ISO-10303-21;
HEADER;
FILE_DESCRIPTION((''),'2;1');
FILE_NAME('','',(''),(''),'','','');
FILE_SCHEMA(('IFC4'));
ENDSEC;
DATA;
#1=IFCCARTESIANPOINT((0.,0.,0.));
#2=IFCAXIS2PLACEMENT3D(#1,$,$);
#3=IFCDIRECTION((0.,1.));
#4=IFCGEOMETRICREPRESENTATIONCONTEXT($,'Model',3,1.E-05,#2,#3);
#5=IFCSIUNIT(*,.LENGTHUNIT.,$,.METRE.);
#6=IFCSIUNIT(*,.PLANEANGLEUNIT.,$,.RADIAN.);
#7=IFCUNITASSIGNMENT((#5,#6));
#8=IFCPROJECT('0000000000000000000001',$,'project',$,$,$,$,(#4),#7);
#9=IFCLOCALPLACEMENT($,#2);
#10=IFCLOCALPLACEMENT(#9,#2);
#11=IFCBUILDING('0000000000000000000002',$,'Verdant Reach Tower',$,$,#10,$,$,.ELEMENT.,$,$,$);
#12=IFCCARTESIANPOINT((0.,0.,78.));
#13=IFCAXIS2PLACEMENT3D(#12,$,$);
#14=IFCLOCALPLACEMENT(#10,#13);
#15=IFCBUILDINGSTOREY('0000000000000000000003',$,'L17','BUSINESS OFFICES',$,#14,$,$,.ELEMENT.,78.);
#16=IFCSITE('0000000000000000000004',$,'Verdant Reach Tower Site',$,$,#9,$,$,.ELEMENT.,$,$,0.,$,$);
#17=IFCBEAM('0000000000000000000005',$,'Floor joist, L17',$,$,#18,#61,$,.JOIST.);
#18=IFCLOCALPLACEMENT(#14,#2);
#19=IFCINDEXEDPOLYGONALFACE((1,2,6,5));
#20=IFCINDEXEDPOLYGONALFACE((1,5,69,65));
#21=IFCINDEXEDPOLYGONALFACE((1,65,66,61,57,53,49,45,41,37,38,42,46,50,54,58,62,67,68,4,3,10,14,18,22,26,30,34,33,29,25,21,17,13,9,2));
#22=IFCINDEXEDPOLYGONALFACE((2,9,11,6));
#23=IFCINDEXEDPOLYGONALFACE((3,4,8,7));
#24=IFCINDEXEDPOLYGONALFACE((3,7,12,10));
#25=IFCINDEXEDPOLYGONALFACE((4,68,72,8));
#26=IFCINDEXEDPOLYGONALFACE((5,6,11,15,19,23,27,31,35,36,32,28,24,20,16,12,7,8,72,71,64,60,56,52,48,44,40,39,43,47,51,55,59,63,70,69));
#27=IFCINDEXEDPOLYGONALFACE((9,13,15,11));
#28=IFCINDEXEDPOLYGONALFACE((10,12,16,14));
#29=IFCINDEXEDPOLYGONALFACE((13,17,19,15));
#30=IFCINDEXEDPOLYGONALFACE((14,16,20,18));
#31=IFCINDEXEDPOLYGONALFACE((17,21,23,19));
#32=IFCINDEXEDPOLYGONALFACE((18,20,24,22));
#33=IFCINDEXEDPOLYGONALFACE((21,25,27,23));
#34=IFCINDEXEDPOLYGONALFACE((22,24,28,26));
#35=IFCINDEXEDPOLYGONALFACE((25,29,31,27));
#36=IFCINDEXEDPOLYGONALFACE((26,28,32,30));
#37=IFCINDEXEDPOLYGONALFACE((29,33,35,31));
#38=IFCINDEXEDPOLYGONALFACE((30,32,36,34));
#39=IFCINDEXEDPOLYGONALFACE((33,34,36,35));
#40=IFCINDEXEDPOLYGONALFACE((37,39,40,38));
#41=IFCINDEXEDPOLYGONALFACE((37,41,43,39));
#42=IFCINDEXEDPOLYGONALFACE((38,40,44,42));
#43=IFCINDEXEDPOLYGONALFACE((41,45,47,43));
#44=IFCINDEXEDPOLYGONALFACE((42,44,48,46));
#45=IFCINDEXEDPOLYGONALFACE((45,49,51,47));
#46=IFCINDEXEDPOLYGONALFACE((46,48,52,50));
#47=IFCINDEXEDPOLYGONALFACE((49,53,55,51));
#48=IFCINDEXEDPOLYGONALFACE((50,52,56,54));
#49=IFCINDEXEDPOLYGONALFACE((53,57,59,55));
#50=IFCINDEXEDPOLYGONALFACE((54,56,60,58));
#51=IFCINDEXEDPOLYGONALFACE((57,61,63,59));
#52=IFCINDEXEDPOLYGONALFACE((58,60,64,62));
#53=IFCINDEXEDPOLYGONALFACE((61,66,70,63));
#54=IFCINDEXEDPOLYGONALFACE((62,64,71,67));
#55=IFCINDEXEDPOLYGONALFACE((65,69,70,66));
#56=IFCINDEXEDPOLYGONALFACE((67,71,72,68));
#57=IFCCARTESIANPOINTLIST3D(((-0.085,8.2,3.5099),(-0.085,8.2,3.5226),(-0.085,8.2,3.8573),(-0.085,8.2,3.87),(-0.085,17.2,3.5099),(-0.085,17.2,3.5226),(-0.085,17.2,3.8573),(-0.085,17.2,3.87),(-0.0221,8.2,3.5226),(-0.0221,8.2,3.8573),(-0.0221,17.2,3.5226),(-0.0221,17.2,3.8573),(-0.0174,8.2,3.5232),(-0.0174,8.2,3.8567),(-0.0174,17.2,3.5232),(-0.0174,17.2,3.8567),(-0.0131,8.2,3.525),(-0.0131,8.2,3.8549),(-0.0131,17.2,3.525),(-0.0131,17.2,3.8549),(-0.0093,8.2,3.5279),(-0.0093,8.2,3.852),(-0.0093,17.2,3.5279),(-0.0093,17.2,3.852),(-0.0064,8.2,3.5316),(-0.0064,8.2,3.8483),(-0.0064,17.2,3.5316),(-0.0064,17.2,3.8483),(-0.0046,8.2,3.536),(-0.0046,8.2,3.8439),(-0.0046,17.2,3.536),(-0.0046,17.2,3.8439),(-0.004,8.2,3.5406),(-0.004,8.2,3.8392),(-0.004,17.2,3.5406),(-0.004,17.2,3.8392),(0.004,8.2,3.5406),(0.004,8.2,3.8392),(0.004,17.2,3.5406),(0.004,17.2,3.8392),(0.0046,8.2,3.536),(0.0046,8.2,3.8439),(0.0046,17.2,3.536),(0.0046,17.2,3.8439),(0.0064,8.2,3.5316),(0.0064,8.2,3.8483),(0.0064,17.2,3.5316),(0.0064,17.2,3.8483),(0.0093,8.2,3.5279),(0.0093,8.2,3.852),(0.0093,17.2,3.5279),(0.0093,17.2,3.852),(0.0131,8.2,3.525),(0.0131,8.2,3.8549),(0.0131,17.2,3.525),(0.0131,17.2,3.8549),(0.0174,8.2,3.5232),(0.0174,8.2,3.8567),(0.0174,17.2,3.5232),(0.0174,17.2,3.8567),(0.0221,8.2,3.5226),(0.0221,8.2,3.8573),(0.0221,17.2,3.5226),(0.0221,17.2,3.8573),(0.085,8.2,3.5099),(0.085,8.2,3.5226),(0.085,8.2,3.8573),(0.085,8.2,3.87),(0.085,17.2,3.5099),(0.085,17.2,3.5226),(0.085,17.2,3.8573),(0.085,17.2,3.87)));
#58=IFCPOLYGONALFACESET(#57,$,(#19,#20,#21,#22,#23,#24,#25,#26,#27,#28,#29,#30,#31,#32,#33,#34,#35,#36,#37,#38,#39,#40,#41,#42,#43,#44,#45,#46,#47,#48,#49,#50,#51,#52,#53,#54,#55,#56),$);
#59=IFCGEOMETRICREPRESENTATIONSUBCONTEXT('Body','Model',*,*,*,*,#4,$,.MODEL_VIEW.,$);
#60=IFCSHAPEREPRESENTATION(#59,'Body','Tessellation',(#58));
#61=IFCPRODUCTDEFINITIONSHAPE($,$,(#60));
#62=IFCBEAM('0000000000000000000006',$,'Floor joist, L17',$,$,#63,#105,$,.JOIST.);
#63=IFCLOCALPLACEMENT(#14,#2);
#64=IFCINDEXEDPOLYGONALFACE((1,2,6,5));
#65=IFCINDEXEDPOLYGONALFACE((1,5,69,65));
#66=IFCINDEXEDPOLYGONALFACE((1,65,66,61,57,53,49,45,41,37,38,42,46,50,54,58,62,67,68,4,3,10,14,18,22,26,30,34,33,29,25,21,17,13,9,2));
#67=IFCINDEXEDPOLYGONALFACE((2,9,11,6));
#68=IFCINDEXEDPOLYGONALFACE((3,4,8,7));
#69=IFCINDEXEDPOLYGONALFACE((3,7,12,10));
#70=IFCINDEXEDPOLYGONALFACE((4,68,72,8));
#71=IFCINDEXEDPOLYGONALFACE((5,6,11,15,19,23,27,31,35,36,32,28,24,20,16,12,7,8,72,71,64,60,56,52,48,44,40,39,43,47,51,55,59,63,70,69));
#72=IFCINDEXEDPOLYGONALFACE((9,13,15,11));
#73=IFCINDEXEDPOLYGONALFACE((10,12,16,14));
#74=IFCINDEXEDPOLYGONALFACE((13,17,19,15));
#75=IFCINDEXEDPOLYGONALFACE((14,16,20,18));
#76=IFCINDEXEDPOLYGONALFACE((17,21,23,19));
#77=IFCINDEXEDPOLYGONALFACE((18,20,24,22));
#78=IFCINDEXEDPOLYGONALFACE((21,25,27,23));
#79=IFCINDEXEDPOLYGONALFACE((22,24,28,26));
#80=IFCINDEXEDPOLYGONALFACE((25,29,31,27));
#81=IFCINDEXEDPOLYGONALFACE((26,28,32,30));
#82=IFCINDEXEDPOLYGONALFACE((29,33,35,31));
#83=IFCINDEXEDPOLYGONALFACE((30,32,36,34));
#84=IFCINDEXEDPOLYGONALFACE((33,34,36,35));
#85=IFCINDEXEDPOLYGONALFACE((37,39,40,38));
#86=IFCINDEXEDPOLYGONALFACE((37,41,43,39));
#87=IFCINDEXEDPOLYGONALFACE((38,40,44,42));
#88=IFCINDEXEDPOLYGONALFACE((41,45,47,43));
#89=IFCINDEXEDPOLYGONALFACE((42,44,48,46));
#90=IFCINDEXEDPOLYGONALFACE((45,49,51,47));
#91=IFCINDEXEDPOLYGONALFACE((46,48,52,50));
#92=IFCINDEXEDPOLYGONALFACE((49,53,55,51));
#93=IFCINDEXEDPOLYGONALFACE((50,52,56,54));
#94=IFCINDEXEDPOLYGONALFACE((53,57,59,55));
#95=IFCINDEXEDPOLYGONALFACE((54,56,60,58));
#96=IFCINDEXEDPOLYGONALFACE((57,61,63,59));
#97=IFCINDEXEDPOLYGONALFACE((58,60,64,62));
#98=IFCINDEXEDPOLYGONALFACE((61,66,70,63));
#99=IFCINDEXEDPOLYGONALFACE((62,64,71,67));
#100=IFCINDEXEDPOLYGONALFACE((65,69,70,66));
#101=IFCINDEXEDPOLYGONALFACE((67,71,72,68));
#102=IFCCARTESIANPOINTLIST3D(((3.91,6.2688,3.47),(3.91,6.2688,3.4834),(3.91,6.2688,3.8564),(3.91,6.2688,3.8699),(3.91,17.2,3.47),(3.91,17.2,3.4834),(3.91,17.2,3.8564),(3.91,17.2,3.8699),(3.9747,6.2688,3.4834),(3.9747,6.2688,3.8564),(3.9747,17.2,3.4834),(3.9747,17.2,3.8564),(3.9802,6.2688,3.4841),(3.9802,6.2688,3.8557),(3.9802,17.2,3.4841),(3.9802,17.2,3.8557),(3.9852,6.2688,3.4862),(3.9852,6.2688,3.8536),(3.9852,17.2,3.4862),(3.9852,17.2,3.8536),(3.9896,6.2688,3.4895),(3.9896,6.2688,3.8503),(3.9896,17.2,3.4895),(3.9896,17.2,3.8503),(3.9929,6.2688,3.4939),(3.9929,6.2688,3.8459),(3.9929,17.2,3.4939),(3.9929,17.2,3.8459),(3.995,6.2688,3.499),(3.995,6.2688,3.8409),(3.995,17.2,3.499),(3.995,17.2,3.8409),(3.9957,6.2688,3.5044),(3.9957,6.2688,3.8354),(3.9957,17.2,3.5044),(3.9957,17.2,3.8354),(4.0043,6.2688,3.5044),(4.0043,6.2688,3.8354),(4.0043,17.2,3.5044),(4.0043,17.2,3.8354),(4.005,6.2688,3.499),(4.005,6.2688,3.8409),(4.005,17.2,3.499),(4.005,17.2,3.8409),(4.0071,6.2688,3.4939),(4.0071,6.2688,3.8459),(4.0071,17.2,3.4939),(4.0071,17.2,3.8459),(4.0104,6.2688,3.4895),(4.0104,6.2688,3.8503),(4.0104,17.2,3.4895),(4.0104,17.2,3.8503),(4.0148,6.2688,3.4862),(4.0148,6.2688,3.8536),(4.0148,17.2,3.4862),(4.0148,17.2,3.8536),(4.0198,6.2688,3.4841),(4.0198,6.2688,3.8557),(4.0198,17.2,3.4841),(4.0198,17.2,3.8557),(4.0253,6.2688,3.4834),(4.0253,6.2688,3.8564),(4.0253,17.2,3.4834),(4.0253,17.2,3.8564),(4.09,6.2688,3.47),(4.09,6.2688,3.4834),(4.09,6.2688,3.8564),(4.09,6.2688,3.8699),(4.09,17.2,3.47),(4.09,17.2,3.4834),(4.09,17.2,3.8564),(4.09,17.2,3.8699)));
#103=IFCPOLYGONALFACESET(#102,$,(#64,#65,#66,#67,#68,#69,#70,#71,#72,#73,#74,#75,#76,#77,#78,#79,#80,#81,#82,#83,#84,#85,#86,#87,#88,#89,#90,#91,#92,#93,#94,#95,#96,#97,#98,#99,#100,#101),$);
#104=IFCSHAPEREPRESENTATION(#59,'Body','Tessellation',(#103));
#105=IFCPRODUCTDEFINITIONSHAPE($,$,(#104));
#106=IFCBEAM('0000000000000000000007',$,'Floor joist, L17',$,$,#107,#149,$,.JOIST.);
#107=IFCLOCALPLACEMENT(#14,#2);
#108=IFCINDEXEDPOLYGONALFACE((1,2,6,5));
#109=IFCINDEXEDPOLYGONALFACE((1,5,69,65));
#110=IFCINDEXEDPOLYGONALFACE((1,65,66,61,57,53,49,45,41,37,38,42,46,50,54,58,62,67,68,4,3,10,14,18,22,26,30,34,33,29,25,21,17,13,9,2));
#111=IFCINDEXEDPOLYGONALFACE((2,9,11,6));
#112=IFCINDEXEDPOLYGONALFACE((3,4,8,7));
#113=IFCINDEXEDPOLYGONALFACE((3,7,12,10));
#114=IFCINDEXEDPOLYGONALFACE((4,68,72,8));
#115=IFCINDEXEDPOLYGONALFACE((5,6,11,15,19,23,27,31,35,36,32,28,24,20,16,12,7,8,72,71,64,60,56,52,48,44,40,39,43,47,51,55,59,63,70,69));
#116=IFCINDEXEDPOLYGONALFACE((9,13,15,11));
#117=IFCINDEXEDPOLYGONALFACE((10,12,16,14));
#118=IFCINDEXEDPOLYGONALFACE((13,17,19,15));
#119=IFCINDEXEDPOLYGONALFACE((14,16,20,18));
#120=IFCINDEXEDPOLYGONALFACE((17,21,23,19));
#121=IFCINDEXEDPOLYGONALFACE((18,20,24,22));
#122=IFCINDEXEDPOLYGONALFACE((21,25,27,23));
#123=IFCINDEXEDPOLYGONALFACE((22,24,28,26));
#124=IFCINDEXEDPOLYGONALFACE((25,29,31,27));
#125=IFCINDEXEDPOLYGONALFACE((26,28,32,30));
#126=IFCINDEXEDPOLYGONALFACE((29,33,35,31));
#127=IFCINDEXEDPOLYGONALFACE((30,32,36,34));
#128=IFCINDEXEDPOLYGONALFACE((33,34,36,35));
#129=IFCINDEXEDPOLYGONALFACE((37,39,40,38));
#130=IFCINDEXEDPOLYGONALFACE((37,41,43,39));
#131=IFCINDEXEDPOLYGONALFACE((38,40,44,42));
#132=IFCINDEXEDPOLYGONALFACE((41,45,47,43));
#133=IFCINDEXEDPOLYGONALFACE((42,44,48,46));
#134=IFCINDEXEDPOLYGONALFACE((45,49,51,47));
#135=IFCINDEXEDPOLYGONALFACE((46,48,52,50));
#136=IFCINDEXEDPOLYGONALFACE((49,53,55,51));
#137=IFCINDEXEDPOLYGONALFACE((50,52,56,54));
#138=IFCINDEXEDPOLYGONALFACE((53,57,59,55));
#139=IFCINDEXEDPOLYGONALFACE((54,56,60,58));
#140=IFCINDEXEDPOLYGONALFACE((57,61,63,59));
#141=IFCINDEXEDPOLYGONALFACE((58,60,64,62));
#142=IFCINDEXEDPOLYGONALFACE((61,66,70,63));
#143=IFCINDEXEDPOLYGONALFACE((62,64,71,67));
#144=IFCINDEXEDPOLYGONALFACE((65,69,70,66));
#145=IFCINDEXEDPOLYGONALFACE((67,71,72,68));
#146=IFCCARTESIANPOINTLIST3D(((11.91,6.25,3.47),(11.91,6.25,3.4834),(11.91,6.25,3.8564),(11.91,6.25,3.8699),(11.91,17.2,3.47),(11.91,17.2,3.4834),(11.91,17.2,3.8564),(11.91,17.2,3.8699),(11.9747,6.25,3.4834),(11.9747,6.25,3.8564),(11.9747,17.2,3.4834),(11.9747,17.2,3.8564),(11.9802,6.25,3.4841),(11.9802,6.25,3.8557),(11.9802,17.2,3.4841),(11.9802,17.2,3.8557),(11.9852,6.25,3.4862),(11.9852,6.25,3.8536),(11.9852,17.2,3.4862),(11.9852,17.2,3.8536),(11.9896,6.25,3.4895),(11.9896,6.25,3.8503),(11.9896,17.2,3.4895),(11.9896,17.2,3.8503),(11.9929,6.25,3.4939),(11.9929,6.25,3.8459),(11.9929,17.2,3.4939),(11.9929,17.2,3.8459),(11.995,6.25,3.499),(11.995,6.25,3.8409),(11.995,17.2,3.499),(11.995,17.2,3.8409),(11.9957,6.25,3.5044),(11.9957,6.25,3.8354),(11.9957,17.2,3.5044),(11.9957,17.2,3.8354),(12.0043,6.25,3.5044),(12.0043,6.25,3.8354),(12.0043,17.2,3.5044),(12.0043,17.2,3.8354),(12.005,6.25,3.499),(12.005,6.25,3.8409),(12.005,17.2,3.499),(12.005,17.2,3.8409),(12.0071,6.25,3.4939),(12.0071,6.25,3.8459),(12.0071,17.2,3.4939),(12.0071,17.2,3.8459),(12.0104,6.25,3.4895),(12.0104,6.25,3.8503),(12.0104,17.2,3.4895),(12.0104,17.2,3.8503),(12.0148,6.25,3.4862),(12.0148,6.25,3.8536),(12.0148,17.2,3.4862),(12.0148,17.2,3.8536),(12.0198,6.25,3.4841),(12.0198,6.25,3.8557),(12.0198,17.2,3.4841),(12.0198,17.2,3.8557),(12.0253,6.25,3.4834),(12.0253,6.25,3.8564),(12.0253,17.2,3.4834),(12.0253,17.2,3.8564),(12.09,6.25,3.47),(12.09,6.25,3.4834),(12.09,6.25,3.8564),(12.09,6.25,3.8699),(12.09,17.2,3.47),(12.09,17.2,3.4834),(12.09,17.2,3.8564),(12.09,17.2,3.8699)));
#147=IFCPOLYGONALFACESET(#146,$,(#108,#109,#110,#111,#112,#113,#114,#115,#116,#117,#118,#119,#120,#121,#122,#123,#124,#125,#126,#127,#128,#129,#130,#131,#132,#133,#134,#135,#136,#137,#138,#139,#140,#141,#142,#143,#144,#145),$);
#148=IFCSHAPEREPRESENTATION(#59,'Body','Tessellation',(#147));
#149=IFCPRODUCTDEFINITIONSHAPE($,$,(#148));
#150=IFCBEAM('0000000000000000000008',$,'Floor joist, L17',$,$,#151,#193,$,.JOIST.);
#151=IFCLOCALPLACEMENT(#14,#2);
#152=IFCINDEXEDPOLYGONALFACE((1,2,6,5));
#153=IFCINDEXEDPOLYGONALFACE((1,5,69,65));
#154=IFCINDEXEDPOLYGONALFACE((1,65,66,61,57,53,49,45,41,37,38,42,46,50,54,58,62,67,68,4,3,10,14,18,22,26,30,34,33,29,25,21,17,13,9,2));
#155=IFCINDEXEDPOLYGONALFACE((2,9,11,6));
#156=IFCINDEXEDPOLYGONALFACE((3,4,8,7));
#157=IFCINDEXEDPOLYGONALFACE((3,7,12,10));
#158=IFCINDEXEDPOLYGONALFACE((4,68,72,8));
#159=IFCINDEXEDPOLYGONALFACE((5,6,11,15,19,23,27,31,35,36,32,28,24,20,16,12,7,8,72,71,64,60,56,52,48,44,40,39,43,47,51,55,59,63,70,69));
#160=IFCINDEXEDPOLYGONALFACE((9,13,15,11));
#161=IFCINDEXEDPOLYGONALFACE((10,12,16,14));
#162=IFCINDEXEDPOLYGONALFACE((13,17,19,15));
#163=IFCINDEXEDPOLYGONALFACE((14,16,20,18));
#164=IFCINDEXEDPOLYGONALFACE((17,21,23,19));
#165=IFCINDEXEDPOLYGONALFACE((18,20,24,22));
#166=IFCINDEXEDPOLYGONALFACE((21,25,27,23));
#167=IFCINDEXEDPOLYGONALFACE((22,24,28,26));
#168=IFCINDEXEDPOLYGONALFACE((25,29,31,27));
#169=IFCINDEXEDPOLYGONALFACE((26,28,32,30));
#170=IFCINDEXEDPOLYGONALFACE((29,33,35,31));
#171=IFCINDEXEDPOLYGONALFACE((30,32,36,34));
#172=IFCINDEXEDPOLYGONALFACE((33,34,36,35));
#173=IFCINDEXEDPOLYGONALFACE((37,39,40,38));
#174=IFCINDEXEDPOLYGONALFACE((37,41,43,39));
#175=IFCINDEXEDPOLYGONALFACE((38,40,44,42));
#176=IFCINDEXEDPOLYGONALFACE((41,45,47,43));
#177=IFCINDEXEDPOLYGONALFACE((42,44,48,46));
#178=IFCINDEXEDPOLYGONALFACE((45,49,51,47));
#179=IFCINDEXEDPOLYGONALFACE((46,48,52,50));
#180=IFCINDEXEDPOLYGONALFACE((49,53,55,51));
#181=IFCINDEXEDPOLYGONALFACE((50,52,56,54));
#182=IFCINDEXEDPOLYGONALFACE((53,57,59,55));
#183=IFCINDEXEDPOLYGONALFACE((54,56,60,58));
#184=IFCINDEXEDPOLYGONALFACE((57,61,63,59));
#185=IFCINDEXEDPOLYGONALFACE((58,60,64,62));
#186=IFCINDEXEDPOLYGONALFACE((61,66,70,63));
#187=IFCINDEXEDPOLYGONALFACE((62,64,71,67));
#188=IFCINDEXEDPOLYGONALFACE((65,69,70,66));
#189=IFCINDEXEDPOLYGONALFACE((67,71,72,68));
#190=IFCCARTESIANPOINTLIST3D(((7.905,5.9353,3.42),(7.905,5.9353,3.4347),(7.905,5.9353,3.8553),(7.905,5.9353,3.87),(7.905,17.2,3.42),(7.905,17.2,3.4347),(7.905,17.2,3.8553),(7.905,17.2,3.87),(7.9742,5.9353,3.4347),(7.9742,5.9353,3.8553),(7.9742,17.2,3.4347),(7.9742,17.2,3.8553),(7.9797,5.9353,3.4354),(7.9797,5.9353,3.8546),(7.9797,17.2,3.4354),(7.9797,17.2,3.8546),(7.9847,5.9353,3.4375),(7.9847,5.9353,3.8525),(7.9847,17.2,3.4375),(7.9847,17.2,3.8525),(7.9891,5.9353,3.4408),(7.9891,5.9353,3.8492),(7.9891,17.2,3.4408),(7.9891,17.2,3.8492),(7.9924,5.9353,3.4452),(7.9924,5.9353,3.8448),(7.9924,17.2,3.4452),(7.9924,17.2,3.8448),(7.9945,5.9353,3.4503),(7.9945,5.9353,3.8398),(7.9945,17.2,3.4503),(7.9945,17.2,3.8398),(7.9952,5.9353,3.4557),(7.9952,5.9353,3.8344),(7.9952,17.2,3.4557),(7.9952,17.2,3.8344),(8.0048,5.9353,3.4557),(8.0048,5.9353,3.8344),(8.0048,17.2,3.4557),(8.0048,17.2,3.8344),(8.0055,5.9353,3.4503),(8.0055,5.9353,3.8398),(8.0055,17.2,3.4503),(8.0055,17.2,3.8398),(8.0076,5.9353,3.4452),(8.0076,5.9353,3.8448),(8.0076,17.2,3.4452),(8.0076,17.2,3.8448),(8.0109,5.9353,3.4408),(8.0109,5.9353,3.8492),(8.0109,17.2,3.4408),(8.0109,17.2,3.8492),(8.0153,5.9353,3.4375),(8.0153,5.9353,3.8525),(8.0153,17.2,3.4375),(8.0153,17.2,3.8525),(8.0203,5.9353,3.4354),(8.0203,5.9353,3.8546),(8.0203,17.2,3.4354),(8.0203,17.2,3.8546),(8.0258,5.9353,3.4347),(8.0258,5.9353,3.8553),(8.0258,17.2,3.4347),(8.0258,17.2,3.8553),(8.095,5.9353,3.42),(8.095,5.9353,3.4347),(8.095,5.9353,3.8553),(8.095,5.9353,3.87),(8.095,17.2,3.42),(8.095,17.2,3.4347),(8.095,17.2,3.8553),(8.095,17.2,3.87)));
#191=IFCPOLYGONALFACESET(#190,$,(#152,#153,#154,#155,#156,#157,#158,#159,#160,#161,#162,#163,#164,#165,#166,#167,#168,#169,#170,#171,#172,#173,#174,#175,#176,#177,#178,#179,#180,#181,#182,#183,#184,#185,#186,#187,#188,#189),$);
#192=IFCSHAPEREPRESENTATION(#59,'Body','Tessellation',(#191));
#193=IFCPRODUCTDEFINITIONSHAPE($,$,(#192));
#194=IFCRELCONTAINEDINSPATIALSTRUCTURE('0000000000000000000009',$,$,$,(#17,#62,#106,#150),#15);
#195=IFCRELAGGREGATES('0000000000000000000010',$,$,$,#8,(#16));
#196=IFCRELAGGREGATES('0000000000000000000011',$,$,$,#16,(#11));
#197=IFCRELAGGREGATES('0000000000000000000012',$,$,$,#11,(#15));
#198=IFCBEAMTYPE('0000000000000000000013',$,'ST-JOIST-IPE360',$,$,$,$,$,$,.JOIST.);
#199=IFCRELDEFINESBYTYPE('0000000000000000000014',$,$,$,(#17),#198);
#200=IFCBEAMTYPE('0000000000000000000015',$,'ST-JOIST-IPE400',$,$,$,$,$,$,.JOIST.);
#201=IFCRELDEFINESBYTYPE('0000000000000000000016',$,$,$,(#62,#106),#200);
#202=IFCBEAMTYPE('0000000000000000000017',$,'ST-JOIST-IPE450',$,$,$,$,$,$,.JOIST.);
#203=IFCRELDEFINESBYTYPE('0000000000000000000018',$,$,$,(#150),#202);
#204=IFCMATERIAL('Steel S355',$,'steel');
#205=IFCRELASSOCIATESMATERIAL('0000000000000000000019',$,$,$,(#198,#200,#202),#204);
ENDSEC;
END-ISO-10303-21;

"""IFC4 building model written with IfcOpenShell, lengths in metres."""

from ifc_helpers import new_model, si_unit, direction, frame, origin, origin_2d, place, context, subcontext, project, spatial, i_section, extrude, material, material_profile, profile_set, type_object, element, save


model = new_model("IFC4")

# Units and contexts
model_context = context("Model", 3, precision=1e-05, world=origin(), true_north=direction((0.0, 1.0)))
body_context = subcontext(model_context, "Body", "Model", "MODEL_VIEW")
ifc_project = project(units=[si_unit("LENGTHUNIT", "METRE"), si_unit("PLANEANGLEUNIT", "RADIAN")], contexts=[model_context])

# Site, building, storey
site_placement = place(None, origin())
site = spatial("IfcSite", under=ifc_project, at=site_placement, Name="Verdant Reach Tower Site", CompositionType="ELEMENT", RefElevation=0.0)
building_placement = place(site_placement, origin())
building = spatial("IfcBuilding", under=site, at=building_placement, Name="Verdant Reach Tower", CompositionType="ELEMENT")
storey_placement = place(building_placement, frame((0.0, 0.0, 78.0)))
storey = spatial("IfcBuildingStorey", under=building, at=storey_placement, Name="L17", Description="BUSINESS OFFICES", CompositionType="ELEMENT", Elevation=78.0)

# Beams
ifc_material_1 = material(Name="Steel S355", Category="steel")
ifc_material_profile_1 = material_profile(ifc_material_1, i_section(OverallWidth=0.1699, OverallDepth=0.3601, WebThickness=0.0081, FlangeThickness=0.0127, FilletRadius=0.0181, at=origin_2d()), Name="IPE 360")
ifc_profile_set_1 = profile_set([ifc_material_profile_1], Name="Steel S355")
beam_type_1 = type_object("IfcBeamType", Name="ST-JOIST-IPE360", PredefinedType="JOIST", material=ifc_profile_set_1)
beam_1_placement = place(storey_placement, frame((0.0, 17.2, 3.6899), z_axis=(0.0, -1.0, 0.0), x_axis=(1.0, 0.0, 0.0)))
element("IfcBeam", 1, at=beam_1_placement, inside=storey, type_object=beam_type_1, Name="Floor joist, L17", PredefinedType="JOIST", context=body_context, shape_type="SweptSolid", body=[
    extrude(i_section(OverallWidth=0.1699, OverallDepth=0.3601, WebThickness=0.0081, FlangeThickness=0.0127, FilletRadius=0.0181, at=origin_2d()), origin(), (0.0, 0.0, 1.0), 9.0),
])
ifc_material_profile_2 = material_profile(ifc_material_1, i_section(OverallWidth=0.1799, OverallDepth=0.3999, WebThickness=0.0085, FlangeThickness=0.0134, FilletRadius=0.021, at=origin_2d()), Name="IPE 400")
ifc_profile_set_2 = profile_set([ifc_material_profile_2], Name="Steel S355")
beam_type_2 = type_object("IfcBeamType", Name="ST-JOIST-IPE400", PredefinedType="JOIST", material=ifc_profile_set_2)
beam_2_placement = place(storey_placement, frame((4.0, 17.2, 3.6699), z_axis=(0.0, -1.0, 0.0), x_axis=(1.0, 0.0, 0.0)))
element("IfcBeam", 2, at=beam_2_placement, inside=storey, type_object=beam_type_2, Name="Floor joist, L17", PredefinedType="JOIST", context=body_context, shape_type="SweptSolid", body=[
    extrude(i_section(OverallWidth=0.1799, OverallDepth=0.3999, WebThickness=0.0085, FlangeThickness=0.0134, FilletRadius=0.021, at=origin_2d()), origin(), (0.0, 0.0, 1.0), 10.9312),
])
beam_3_placement = place(storey_placement, frame((12.0, 17.2, 3.6699), z_axis=(0.0, -1.0, 0.0), x_axis=(1.0, 0.0, 0.0)))
element("IfcBeam", 3, at=beam_3_placement, inside=storey, type_object=beam_type_2, Name="Floor joist, L17", PredefinedType="JOIST", context=body_context, shape_type="SweptSolid", body=[
    extrude(i_section(OverallWidth=0.1799, OverallDepth=0.3999, WebThickness=0.0085, FlangeThickness=0.0134, FilletRadius=0.021, at=origin_2d()), origin(), (0.0, 0.0, 1.0), 10.95),
])
ifc_material_profile_3 = material_profile(ifc_material_1, i_section(OverallWidth=0.1899, OverallDepth=0.45, WebThickness=0.0095, FlangeThickness=0.0146, FilletRadius=0.021, at=origin_2d()), Name="IPE 450")
ifc_profile_set_3 = profile_set([ifc_material_profile_3], Name="Steel S355")
beam_type_3 = type_object("IfcBeamType", Name="ST-JOIST-IPE450", PredefinedType="JOIST", material=ifc_profile_set_3)
beam_4_placement = place(storey_placement, frame((8.0, 17.2, 3.645), z_axis=(0.0, -1.0, 0.0), x_axis=(1.0, 0.0, 0.0)))
element("IfcBeam", 4, at=beam_4_placement, inside=storey, type_object=beam_type_3, Name="Floor joist, L17", PredefinedType="JOIST", context=body_context, shape_type="SweptSolid", body=[
    extrude(i_section(OverallWidth=0.1899, OverallDepth=0.45, WebThickness=0.0095, FlangeThickness=0.0146, FilletRadius=0.021, at=origin_2d()), origin(), (0.0, 0.0, 1.0), 11.2646),
])

save(model, "model.ifc")
